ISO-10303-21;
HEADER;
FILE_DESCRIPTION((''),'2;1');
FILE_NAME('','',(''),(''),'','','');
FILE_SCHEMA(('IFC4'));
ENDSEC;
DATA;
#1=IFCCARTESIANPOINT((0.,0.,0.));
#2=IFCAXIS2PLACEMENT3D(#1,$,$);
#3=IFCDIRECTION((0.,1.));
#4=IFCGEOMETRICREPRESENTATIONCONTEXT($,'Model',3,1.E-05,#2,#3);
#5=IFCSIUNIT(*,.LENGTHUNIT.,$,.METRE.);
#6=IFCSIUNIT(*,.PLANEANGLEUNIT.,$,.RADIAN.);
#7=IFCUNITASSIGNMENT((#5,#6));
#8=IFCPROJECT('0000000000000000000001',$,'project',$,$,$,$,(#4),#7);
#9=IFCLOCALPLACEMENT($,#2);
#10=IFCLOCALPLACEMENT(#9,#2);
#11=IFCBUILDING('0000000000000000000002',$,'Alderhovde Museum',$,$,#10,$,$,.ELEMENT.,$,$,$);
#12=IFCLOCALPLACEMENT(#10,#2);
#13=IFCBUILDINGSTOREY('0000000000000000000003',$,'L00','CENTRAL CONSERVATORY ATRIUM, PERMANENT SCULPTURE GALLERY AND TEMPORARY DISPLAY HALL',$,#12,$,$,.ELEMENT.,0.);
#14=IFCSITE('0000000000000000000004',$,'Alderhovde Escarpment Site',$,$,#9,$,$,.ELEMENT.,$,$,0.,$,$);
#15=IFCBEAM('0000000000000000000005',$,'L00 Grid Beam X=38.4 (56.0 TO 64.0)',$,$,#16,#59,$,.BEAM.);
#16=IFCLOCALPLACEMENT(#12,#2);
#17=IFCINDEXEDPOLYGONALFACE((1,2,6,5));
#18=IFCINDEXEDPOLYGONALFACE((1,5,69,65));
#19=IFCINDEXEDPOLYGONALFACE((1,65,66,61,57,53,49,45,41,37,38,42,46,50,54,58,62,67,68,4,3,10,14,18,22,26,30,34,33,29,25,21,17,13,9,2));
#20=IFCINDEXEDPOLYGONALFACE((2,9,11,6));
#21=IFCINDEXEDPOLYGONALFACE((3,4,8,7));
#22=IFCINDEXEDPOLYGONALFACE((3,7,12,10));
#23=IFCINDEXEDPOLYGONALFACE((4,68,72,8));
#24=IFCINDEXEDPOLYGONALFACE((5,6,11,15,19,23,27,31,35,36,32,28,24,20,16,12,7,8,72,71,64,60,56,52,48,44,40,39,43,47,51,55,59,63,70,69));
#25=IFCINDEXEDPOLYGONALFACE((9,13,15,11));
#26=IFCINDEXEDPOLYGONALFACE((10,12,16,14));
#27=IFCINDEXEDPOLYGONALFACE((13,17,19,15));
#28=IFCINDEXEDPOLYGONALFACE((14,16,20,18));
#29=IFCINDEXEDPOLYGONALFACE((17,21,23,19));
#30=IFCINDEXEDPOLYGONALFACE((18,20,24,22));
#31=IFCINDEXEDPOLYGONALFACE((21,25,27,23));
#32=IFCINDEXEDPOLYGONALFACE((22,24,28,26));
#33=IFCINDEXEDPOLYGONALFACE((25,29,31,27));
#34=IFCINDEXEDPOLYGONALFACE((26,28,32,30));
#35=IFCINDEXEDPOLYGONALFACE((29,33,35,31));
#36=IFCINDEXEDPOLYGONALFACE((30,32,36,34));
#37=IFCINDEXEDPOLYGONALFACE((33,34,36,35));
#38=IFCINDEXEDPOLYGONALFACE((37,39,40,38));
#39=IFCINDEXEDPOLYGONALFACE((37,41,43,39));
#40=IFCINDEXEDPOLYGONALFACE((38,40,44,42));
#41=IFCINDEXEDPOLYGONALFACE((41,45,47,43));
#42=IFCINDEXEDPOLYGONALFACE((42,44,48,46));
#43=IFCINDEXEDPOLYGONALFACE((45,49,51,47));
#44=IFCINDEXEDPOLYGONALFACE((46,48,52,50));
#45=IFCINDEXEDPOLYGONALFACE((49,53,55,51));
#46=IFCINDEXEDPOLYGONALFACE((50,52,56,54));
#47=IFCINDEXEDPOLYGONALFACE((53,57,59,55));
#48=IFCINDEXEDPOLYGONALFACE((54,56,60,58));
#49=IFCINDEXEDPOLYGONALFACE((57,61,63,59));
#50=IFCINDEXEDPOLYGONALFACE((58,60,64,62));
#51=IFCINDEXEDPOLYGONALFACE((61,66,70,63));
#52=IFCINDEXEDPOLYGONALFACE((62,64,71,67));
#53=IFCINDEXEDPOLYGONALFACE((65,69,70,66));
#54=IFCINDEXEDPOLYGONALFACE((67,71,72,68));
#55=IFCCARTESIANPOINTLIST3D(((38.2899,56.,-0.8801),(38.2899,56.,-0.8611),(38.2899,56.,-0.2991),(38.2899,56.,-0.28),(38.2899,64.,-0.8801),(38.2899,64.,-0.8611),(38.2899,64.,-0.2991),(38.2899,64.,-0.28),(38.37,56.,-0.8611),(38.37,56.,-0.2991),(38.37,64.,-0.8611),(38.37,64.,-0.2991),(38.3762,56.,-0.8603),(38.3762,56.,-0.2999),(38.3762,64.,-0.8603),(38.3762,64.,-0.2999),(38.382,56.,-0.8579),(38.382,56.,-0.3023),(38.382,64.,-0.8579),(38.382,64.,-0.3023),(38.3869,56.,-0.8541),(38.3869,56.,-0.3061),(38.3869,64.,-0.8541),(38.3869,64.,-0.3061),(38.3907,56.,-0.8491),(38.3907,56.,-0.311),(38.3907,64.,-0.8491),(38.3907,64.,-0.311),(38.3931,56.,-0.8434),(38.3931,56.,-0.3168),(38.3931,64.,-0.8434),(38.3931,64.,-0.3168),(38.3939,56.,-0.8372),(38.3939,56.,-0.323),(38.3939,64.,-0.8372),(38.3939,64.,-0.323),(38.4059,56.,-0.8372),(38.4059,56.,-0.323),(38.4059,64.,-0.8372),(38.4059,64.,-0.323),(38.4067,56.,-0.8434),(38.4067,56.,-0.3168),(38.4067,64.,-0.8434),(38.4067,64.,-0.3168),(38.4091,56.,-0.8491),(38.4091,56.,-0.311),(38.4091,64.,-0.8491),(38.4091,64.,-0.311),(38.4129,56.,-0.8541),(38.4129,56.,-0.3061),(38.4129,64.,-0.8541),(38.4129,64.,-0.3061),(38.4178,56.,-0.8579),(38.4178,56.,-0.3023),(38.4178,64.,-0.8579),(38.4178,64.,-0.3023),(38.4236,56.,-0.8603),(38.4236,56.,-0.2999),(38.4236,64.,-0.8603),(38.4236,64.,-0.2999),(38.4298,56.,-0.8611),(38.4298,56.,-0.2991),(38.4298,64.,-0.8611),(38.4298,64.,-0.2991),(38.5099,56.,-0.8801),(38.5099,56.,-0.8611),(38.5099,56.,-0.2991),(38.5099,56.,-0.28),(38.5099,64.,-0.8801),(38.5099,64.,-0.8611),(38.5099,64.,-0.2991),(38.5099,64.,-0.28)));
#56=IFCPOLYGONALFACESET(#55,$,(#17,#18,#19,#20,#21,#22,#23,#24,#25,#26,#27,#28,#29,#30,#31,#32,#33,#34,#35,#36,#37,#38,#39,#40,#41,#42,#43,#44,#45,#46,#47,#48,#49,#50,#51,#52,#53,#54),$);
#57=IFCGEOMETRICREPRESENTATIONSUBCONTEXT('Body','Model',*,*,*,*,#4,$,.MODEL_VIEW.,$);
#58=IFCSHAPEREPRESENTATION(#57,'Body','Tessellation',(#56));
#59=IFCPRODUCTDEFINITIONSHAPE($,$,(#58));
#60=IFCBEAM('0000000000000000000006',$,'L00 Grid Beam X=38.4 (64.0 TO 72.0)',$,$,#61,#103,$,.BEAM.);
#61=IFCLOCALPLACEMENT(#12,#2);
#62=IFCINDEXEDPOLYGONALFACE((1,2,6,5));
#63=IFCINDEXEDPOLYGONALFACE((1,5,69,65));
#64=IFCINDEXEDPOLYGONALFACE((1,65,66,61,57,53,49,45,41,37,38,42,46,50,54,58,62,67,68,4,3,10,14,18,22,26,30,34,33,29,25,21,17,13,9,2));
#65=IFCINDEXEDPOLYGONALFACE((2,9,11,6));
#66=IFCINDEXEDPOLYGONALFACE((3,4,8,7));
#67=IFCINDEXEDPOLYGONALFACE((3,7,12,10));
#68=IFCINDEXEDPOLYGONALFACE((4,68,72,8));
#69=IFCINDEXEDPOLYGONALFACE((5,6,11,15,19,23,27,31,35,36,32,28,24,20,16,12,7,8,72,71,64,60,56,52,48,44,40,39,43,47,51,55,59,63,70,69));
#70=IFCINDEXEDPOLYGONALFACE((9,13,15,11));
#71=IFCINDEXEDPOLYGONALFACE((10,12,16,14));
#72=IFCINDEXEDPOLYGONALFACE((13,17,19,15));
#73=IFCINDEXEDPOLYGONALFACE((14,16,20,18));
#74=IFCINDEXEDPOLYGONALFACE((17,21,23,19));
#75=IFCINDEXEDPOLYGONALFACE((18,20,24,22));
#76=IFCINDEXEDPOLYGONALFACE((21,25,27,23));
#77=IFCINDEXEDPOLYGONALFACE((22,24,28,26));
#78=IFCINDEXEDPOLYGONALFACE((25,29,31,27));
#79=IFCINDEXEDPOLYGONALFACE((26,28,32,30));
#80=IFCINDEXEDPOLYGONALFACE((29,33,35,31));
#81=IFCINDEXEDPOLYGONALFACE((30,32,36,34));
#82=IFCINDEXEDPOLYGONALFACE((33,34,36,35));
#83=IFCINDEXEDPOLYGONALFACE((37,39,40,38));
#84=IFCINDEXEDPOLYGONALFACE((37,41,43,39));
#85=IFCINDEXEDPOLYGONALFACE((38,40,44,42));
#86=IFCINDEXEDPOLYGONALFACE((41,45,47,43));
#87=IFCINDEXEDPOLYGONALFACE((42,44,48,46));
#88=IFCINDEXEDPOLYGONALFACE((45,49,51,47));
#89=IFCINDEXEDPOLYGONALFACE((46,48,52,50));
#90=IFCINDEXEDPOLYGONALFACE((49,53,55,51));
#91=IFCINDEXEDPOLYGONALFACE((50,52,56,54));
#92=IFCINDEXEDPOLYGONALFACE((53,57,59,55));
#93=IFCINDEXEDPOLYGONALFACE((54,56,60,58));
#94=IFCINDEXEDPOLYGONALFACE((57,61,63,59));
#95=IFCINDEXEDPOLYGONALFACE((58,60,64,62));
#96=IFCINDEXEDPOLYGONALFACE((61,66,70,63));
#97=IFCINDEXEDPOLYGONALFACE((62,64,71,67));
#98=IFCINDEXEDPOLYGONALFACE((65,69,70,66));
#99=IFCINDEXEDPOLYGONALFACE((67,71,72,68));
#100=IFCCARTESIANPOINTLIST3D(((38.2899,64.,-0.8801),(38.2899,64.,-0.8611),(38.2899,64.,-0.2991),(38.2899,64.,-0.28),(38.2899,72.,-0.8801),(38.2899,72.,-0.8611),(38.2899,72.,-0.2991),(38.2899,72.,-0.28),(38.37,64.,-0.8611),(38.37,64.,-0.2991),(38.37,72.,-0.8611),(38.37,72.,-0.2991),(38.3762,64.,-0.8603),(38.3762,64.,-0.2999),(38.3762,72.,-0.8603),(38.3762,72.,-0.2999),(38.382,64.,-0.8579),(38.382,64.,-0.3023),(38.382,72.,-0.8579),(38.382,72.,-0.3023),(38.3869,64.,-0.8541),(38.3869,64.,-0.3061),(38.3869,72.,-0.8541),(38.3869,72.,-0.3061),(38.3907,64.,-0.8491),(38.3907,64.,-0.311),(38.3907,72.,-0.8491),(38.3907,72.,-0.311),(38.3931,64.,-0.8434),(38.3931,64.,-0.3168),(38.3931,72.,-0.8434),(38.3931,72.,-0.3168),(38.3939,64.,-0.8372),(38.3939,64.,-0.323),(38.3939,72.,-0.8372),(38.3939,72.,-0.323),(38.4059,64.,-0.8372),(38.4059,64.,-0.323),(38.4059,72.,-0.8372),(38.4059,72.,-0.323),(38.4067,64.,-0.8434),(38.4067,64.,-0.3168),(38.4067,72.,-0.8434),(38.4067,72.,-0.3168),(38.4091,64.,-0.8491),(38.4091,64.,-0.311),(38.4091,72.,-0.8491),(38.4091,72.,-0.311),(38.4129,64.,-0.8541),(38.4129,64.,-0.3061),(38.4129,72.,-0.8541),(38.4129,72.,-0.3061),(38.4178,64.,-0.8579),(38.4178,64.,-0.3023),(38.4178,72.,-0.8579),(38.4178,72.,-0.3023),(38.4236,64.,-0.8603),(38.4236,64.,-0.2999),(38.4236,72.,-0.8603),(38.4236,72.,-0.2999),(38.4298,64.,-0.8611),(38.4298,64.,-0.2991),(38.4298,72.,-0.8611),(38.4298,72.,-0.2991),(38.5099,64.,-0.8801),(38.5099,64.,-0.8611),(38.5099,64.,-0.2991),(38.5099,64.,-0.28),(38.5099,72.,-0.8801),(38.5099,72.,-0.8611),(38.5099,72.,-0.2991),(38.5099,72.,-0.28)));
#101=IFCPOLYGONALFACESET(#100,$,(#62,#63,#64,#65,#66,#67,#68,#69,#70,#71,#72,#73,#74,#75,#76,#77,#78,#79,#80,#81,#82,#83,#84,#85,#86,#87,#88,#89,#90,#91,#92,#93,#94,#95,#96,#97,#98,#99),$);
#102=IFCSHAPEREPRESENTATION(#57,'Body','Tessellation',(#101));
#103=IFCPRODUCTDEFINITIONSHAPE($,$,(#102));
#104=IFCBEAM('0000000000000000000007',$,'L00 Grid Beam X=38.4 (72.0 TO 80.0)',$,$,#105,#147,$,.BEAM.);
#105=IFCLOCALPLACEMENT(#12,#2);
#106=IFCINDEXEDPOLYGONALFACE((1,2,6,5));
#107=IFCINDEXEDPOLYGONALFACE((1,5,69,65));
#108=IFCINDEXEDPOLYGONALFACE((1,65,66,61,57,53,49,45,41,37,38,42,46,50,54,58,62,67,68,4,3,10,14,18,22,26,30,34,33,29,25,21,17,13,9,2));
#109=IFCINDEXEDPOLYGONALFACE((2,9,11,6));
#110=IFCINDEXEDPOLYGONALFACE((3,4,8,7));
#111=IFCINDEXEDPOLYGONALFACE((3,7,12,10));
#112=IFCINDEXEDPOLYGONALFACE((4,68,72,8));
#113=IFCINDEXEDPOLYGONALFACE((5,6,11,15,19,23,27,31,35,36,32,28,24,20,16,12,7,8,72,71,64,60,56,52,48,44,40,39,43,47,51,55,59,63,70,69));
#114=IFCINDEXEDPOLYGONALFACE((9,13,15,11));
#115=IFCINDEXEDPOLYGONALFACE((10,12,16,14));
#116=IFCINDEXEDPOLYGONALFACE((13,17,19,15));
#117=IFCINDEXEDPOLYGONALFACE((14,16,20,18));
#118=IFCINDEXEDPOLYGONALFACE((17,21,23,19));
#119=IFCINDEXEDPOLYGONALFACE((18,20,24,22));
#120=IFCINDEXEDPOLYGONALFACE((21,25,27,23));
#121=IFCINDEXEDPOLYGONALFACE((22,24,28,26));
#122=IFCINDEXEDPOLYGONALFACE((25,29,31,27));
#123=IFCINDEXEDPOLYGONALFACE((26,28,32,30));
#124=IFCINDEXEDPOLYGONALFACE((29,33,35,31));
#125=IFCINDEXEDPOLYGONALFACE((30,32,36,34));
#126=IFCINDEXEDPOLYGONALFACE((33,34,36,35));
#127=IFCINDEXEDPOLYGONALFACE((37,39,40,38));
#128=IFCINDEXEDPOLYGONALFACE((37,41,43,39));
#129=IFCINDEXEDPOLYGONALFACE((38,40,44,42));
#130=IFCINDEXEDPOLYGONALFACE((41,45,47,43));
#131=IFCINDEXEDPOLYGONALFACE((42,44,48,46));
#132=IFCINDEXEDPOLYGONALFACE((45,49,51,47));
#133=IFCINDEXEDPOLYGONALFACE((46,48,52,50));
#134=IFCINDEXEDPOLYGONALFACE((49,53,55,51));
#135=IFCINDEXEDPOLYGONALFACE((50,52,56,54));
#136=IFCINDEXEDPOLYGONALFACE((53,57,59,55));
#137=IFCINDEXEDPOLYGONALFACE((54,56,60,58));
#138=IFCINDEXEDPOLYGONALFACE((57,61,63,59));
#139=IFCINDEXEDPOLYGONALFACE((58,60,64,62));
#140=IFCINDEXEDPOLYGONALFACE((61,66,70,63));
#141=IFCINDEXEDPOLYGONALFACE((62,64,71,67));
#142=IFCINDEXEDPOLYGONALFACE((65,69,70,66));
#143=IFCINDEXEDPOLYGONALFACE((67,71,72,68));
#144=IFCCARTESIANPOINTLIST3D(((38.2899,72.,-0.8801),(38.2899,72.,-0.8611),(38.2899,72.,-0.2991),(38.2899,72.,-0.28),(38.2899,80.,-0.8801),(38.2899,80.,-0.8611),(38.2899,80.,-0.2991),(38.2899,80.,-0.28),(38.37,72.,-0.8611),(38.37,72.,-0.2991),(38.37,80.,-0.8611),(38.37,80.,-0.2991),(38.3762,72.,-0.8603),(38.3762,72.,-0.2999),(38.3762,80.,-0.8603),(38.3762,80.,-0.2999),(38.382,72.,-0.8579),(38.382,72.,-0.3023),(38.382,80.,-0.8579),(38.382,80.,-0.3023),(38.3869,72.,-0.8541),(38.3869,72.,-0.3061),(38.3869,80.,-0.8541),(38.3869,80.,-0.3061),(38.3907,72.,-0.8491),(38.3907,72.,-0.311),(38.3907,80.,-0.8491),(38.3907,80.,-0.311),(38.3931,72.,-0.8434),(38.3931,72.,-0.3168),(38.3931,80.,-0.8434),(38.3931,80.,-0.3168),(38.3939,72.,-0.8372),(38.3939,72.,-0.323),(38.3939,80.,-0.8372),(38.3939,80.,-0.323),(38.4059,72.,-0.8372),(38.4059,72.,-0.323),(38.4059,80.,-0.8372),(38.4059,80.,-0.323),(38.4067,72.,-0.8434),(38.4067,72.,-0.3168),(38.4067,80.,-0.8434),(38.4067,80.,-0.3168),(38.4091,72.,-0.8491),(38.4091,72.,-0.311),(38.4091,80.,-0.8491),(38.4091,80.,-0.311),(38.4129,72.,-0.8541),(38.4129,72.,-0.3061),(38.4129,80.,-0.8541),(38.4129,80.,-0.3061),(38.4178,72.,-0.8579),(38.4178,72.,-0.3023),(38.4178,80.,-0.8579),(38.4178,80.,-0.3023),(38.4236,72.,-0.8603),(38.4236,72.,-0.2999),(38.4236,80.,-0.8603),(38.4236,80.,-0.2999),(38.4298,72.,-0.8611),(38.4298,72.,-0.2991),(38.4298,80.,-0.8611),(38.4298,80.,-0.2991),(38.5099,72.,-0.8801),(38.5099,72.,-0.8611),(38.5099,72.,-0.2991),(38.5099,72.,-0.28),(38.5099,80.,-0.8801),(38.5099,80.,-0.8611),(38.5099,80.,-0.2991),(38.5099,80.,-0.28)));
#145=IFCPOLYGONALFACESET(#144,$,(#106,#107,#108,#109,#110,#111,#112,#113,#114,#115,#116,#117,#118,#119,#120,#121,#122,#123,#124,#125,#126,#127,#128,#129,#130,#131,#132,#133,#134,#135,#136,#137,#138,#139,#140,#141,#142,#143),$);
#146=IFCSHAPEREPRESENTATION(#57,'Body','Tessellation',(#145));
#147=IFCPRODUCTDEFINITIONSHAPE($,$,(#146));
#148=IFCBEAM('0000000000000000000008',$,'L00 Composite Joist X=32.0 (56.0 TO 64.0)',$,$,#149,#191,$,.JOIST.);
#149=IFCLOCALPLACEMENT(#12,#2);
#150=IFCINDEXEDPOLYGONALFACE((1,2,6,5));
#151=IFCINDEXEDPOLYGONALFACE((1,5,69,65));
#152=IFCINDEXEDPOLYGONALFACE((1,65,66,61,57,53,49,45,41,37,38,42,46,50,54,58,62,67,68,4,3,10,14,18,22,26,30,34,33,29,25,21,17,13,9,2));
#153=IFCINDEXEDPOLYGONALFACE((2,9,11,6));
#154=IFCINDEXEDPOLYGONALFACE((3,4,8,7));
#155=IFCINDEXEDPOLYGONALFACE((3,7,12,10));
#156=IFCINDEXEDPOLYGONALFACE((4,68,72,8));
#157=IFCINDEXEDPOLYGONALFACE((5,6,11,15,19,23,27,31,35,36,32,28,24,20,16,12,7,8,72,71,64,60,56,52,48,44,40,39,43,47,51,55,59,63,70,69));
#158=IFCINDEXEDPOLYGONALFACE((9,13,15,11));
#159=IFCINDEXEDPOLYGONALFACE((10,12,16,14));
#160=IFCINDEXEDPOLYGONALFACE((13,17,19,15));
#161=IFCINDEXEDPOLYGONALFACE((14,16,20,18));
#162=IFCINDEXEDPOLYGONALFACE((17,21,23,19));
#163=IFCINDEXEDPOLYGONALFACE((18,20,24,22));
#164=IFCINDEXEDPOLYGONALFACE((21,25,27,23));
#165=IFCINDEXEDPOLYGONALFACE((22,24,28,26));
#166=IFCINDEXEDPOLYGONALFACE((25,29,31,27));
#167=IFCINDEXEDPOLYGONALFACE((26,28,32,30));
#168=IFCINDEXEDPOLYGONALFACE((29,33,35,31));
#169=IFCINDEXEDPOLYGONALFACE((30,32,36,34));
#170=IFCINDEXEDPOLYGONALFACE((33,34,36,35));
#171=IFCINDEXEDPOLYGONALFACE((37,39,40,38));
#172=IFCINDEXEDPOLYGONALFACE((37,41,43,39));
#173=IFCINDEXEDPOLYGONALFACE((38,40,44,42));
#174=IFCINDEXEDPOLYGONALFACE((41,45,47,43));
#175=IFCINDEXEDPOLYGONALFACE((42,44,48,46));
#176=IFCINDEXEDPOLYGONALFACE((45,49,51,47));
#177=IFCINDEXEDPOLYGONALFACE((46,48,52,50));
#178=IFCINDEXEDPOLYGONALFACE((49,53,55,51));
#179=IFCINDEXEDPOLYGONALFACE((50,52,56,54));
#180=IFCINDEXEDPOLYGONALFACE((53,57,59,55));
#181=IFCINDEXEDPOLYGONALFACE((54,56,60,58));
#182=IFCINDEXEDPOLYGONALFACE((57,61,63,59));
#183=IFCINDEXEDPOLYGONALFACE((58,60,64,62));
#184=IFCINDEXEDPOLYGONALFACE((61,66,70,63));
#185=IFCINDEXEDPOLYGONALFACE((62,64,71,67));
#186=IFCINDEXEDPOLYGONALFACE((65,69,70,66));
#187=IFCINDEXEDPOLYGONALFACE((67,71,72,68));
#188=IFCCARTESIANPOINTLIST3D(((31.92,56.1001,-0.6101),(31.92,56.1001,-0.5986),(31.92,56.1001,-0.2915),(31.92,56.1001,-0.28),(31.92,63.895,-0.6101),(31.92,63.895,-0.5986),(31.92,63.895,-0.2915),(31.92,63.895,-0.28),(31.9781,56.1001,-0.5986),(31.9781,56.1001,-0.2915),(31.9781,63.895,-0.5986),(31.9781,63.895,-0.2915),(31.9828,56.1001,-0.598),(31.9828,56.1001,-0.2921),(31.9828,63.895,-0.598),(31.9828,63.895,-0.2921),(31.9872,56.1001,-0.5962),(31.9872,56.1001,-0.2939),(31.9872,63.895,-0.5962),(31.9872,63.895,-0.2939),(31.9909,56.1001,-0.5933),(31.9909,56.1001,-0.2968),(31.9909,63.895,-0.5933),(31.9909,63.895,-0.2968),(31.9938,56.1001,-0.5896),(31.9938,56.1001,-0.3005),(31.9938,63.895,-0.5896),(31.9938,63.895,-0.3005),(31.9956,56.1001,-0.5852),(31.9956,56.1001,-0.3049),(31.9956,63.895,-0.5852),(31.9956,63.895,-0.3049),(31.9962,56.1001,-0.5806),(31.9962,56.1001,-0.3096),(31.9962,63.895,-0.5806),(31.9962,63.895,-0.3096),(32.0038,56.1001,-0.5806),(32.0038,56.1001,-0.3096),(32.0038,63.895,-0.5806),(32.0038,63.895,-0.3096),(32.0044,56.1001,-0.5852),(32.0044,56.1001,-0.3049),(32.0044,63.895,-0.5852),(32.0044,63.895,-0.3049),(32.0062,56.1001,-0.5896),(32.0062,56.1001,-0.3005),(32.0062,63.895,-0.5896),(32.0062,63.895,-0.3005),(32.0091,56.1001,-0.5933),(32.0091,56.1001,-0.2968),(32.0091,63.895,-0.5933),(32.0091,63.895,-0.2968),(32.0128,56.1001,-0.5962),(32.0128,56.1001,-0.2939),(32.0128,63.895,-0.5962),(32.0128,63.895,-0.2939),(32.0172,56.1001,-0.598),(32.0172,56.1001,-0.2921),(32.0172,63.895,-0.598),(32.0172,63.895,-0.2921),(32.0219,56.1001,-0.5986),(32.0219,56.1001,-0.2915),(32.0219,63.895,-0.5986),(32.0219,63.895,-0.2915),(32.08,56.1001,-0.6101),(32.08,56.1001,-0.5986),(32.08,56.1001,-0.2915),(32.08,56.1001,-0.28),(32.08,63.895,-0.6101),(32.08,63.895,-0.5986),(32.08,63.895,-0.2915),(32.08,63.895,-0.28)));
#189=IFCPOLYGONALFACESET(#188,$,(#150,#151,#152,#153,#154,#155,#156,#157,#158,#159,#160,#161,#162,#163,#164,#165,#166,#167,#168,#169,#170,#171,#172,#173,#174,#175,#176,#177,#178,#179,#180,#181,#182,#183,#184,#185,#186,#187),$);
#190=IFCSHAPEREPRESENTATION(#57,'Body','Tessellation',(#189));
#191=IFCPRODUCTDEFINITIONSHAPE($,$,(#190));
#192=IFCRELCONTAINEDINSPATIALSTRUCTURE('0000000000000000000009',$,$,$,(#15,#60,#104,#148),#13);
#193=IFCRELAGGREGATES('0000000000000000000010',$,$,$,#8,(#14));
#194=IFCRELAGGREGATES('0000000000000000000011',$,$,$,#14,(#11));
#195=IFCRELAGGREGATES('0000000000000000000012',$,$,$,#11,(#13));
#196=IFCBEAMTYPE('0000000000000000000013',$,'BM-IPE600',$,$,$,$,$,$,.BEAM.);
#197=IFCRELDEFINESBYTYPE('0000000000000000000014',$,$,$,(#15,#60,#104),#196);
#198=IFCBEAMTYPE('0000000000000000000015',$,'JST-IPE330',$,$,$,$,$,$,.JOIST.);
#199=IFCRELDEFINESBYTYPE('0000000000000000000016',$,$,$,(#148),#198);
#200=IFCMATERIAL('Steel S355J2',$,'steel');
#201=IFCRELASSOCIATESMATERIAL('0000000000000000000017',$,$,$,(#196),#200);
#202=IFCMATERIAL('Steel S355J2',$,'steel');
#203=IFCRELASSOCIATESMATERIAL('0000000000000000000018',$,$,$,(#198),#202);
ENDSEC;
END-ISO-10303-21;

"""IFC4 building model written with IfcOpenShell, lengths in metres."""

from ifc_helpers import new_model, si_unit, direction, frame, origin, origin_2d, place, context, subcontext, project, spatial, i_section, extrude, material, material_profile, profile_set, type_object, element, save


model = new_model("IFC4")

# Units and contexts
model_context = context("Model", 3, precision=1e-05, world=origin(), true_north=direction((0.0, 1.0)))
body_context = subcontext(model_context, "Body", "Model", "MODEL_VIEW")
ifc_project = project(units=[si_unit("LENGTHUNIT", "METRE"), si_unit("PLANEANGLEUNIT", "RADIAN")], contexts=[model_context])

# Site, building, storey
site_placement = place(None, origin())
site = spatial("IfcSite", under=ifc_project, at=site_placement, Name="Alderhovde Escarpment Site", CompositionType="ELEMENT", RefElevation=0.0)
building_placement = place(site_placement, origin())
building = spatial("IfcBuilding", under=site, at=building_placement, Name="Alderhovde Museum", CompositionType="ELEMENT")
storey_placement = place(building_placement, origin())
storey = spatial("IfcBuildingStorey", under=building, at=storey_placement, Name="L00", Description="CENTRAL CONSERVATORY ATRIUM, PERMANENT SCULPTURE GALLERY AND TEMPORARY DISPLAY HALL", CompositionType="ELEMENT", Elevation=0.0)

# Beams
ifc_material_1 = material(Name="Steel S355J2", Category="steel")
ifc_material_profile_1 = material_profile(ifc_material_1, i_section(OverallWidth=0.22, OverallDepth=0.6001, WebThickness=0.012, FlangeThickness=0.019, FilletRadius=0.0239, at=origin_2d()), Name="IPE 600")
ifc_profile_set_1 = profile_set([ifc_material_profile_1], Name="Steel S355J2")
beam_type_1 = type_object("IfcBeamType", Name="BM-IPE600", PredefinedType="BEAM", material=ifc_profile_set_1)
for number, where, z_axis, x_axis, name in (
    (1, (38.3999, 56.0, -0.5801), (0.0, 1.0, 0.0), (-1.0, 0.0, 0.0), "L00 Grid Beam X=38.4 (56.0 TO 64.0)"),
    (2, (38.3999, 64.0, -0.5801), (0.0, 1.0, 0.0), (-1.0, 0.0, 0.0), "L00 Grid Beam X=38.4 (64.0 TO 72.0)"),
    (3, (38.3999, 72.0, -0.5801), (0.0, 1.0, 0.0), (-1.0, 0.0, 0.0), "L00 Grid Beam X=38.4 (72.0 TO 80.0)"),
):
    element("IfcBeam", number, at=place(storey_placement, frame(where, z_axis=z_axis, x_axis=x_axis)), inside=storey, type_object=beam_type_1, Name=name, PredefinedType="BEAM", context=body_context, shape_type="SweptSolid", body=[
        extrude(i_section(OverallWidth=0.22, OverallDepth=0.6001, WebThickness=0.012, FlangeThickness=0.019, FilletRadius=0.0239, at=origin_2d()), origin(), (0.0, 0.0, 1.0), 8.0),
    ])
ifc_material_2 = material(Name="Steel S355J2", Category="steel")
ifc_material_profile_2 = material_profile(ifc_material_2, i_section(OverallWidth=0.1599, OverallDepth=0.3301, WebThickness=0.0076, FlangeThickness=0.0115, FilletRadius=0.0181, at=origin_2d()), Name="IPE 330")
ifc_profile_set_2 = profile_set([ifc_material_profile_2], Name="Steel S355J2")
beam_type_2 = type_object("IfcBeamType", Name="JST-IPE330", PredefinedType="JOIST", material=ifc_profile_set_2)
for number, where, z_axis, x_axis, name in (
    (4, (32.0, 56.1001, -0.4451), (0.0, 1.0, 0.0), (-1.0, 0.0, 0.0), "L00 Composite Joist X=32.0 (56.0 TO 64.0)"),
):
    element("IfcBeam", number, at=place(storey_placement, frame(where, z_axis=z_axis, x_axis=x_axis)), inside=storey, type_object=beam_type_2, Name=name, PredefinedType="JOIST", context=body_context, shape_type="SweptSolid", body=[
        extrude(i_section(OverallWidth=0.1599, OverallDepth=0.3301, WebThickness=0.0076, FlangeThickness=0.0115, FilletRadius=0.0181, at=origin_2d()), origin(), (0.0, 0.0, 1.0), 7.7949),
    ])

save(model, "model.ifc")
